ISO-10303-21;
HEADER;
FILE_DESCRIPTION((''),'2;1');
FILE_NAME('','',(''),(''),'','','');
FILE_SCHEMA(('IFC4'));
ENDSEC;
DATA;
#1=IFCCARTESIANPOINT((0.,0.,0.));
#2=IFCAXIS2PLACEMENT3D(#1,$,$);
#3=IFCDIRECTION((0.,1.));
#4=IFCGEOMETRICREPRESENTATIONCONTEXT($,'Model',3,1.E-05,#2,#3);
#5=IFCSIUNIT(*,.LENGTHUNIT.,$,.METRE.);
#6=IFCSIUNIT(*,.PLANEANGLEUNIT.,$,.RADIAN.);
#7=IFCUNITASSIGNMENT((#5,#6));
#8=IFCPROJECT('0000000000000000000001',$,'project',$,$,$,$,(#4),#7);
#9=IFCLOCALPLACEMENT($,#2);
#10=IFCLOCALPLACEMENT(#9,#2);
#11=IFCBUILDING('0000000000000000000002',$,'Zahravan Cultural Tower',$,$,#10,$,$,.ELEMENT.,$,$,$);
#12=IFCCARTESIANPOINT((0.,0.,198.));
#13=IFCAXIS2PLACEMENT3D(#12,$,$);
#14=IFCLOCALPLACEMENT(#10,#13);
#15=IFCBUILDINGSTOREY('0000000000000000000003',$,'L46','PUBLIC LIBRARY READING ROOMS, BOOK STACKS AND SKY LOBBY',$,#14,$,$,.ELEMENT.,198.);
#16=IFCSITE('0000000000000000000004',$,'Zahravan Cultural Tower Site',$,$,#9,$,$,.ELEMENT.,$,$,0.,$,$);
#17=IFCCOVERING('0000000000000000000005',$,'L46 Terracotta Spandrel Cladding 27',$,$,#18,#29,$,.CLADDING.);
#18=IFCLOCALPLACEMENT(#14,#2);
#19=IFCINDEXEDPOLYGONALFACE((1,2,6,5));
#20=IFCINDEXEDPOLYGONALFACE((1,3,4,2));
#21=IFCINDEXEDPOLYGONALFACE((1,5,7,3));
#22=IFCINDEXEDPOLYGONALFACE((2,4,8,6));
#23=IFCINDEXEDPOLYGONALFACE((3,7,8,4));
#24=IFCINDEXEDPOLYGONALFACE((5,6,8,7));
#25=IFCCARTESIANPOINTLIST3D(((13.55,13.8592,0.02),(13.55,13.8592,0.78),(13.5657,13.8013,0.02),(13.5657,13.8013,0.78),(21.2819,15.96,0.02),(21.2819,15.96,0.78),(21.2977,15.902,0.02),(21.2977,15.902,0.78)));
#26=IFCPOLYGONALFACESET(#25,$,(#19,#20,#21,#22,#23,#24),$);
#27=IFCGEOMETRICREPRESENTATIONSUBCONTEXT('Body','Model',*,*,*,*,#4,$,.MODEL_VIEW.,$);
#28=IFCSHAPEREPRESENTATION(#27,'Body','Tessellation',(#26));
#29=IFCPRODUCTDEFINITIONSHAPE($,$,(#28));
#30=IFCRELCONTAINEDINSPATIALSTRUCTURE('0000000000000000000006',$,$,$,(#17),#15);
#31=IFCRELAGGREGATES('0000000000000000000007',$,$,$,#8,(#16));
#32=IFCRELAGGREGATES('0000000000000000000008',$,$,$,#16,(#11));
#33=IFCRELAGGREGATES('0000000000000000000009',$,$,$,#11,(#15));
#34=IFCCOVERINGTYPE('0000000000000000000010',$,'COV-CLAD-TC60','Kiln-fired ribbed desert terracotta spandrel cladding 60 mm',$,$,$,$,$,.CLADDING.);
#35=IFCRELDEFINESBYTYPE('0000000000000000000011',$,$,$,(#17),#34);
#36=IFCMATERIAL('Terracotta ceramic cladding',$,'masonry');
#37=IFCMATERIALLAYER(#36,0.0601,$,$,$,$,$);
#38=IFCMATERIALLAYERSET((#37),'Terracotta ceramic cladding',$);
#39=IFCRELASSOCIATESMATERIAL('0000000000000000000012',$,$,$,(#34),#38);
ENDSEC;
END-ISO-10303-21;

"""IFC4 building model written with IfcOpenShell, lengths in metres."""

from ifc_helpers import new_model, si_unit, direction, frame, origin, origin_2d, place, context, subcontext, project, spatial, rectangle, extrude, source, transform, mapped, material, layer, layer_set, type_object, element, save


model = new_model("IFC4")

# Units and contexts
model_context = context("Model", 3, precision=1e-05, world=origin(), true_north=direction((0.0, 1.0)))
body_context = subcontext(model_context, "Body", "Model", "MODEL_VIEW")
ifc_project = project(units=[si_unit("LENGTHUNIT", "METRE"), si_unit("PLANEANGLEUNIT", "RADIAN")], contexts=[model_context])

# Site, building, storey
site_placement = place(None, origin())
site = spatial("IfcSite", under=ifc_project, at=site_placement, Name="Zahravan Cultural Tower Site", CompositionType="ELEMENT", RefElevation=0.0)
building_placement = place(site_placement, origin())
building = spatial("IfcBuilding", under=site, at=building_placement, Name="Zahravan Cultural Tower", CompositionType="ELEMENT")
storey_placement = place(building_placement, frame((0.0, 0.0, 198.0)))
storey = spatial("IfcBuildingStorey", under=building, at=storey_placement, Name="L46", Description="PUBLIC LIBRARY READING ROOMS, BOOK STACKS AND SKY LOBBY", CompositionType="ELEMENT", Elevation=198.0)

# Covering
ifc_material_1 = material(Name="Terracotta ceramic cladding", Category="masonry")
ifc_layer_1 = layer(ifc_material_1, 0.0601)
ifc_layer_set_1 = layer_set([ifc_layer_1], Name="Terracotta ceramic cladding")
covering_type_1 = type_object("IfcCoveringType", Name="COV-CLAD-TC60", Description="Kiln-fired ribbed desert terracotta spandrel cladding 60 mm", PredefinedType="CLADDING", material=ifc_layer_set_1)
shared_shape_1 = source(origin(), body_context, "Body", "SweptSolid", [
    extrude(rectangle(XDim=8.0122, YDim=0.0601, at=origin_2d()), origin(), (0.0, 0.0, 1.0), 0.76),
])
covering_1_placement = place(storey_placement, frame((17.4238, 14.8806, 0.02), z_axis=(0.0, 0.0, 1.0), x_axis=(-0.965016, -0.262189, 0.0)))
element("IfcCovering", 1, at=covering_1_placement, inside=storey, type_object=covering_type_1, Name="L46 Terracotta Spandrel Cladding 27", PredefinedType="CLADDING", context=body_context, shape_type="MappedRepresentation", body=[
    mapped(shared_shape_1, transform((0.0, 0.0, 0.0), x_axis=(1.0, 0.0, 0.0), y_axis=(0.0, 1.0, 0.0), z_axis=(0.0, 0.0, 1.0), scale=1.0)),
])

save(model, "model.ifc")
